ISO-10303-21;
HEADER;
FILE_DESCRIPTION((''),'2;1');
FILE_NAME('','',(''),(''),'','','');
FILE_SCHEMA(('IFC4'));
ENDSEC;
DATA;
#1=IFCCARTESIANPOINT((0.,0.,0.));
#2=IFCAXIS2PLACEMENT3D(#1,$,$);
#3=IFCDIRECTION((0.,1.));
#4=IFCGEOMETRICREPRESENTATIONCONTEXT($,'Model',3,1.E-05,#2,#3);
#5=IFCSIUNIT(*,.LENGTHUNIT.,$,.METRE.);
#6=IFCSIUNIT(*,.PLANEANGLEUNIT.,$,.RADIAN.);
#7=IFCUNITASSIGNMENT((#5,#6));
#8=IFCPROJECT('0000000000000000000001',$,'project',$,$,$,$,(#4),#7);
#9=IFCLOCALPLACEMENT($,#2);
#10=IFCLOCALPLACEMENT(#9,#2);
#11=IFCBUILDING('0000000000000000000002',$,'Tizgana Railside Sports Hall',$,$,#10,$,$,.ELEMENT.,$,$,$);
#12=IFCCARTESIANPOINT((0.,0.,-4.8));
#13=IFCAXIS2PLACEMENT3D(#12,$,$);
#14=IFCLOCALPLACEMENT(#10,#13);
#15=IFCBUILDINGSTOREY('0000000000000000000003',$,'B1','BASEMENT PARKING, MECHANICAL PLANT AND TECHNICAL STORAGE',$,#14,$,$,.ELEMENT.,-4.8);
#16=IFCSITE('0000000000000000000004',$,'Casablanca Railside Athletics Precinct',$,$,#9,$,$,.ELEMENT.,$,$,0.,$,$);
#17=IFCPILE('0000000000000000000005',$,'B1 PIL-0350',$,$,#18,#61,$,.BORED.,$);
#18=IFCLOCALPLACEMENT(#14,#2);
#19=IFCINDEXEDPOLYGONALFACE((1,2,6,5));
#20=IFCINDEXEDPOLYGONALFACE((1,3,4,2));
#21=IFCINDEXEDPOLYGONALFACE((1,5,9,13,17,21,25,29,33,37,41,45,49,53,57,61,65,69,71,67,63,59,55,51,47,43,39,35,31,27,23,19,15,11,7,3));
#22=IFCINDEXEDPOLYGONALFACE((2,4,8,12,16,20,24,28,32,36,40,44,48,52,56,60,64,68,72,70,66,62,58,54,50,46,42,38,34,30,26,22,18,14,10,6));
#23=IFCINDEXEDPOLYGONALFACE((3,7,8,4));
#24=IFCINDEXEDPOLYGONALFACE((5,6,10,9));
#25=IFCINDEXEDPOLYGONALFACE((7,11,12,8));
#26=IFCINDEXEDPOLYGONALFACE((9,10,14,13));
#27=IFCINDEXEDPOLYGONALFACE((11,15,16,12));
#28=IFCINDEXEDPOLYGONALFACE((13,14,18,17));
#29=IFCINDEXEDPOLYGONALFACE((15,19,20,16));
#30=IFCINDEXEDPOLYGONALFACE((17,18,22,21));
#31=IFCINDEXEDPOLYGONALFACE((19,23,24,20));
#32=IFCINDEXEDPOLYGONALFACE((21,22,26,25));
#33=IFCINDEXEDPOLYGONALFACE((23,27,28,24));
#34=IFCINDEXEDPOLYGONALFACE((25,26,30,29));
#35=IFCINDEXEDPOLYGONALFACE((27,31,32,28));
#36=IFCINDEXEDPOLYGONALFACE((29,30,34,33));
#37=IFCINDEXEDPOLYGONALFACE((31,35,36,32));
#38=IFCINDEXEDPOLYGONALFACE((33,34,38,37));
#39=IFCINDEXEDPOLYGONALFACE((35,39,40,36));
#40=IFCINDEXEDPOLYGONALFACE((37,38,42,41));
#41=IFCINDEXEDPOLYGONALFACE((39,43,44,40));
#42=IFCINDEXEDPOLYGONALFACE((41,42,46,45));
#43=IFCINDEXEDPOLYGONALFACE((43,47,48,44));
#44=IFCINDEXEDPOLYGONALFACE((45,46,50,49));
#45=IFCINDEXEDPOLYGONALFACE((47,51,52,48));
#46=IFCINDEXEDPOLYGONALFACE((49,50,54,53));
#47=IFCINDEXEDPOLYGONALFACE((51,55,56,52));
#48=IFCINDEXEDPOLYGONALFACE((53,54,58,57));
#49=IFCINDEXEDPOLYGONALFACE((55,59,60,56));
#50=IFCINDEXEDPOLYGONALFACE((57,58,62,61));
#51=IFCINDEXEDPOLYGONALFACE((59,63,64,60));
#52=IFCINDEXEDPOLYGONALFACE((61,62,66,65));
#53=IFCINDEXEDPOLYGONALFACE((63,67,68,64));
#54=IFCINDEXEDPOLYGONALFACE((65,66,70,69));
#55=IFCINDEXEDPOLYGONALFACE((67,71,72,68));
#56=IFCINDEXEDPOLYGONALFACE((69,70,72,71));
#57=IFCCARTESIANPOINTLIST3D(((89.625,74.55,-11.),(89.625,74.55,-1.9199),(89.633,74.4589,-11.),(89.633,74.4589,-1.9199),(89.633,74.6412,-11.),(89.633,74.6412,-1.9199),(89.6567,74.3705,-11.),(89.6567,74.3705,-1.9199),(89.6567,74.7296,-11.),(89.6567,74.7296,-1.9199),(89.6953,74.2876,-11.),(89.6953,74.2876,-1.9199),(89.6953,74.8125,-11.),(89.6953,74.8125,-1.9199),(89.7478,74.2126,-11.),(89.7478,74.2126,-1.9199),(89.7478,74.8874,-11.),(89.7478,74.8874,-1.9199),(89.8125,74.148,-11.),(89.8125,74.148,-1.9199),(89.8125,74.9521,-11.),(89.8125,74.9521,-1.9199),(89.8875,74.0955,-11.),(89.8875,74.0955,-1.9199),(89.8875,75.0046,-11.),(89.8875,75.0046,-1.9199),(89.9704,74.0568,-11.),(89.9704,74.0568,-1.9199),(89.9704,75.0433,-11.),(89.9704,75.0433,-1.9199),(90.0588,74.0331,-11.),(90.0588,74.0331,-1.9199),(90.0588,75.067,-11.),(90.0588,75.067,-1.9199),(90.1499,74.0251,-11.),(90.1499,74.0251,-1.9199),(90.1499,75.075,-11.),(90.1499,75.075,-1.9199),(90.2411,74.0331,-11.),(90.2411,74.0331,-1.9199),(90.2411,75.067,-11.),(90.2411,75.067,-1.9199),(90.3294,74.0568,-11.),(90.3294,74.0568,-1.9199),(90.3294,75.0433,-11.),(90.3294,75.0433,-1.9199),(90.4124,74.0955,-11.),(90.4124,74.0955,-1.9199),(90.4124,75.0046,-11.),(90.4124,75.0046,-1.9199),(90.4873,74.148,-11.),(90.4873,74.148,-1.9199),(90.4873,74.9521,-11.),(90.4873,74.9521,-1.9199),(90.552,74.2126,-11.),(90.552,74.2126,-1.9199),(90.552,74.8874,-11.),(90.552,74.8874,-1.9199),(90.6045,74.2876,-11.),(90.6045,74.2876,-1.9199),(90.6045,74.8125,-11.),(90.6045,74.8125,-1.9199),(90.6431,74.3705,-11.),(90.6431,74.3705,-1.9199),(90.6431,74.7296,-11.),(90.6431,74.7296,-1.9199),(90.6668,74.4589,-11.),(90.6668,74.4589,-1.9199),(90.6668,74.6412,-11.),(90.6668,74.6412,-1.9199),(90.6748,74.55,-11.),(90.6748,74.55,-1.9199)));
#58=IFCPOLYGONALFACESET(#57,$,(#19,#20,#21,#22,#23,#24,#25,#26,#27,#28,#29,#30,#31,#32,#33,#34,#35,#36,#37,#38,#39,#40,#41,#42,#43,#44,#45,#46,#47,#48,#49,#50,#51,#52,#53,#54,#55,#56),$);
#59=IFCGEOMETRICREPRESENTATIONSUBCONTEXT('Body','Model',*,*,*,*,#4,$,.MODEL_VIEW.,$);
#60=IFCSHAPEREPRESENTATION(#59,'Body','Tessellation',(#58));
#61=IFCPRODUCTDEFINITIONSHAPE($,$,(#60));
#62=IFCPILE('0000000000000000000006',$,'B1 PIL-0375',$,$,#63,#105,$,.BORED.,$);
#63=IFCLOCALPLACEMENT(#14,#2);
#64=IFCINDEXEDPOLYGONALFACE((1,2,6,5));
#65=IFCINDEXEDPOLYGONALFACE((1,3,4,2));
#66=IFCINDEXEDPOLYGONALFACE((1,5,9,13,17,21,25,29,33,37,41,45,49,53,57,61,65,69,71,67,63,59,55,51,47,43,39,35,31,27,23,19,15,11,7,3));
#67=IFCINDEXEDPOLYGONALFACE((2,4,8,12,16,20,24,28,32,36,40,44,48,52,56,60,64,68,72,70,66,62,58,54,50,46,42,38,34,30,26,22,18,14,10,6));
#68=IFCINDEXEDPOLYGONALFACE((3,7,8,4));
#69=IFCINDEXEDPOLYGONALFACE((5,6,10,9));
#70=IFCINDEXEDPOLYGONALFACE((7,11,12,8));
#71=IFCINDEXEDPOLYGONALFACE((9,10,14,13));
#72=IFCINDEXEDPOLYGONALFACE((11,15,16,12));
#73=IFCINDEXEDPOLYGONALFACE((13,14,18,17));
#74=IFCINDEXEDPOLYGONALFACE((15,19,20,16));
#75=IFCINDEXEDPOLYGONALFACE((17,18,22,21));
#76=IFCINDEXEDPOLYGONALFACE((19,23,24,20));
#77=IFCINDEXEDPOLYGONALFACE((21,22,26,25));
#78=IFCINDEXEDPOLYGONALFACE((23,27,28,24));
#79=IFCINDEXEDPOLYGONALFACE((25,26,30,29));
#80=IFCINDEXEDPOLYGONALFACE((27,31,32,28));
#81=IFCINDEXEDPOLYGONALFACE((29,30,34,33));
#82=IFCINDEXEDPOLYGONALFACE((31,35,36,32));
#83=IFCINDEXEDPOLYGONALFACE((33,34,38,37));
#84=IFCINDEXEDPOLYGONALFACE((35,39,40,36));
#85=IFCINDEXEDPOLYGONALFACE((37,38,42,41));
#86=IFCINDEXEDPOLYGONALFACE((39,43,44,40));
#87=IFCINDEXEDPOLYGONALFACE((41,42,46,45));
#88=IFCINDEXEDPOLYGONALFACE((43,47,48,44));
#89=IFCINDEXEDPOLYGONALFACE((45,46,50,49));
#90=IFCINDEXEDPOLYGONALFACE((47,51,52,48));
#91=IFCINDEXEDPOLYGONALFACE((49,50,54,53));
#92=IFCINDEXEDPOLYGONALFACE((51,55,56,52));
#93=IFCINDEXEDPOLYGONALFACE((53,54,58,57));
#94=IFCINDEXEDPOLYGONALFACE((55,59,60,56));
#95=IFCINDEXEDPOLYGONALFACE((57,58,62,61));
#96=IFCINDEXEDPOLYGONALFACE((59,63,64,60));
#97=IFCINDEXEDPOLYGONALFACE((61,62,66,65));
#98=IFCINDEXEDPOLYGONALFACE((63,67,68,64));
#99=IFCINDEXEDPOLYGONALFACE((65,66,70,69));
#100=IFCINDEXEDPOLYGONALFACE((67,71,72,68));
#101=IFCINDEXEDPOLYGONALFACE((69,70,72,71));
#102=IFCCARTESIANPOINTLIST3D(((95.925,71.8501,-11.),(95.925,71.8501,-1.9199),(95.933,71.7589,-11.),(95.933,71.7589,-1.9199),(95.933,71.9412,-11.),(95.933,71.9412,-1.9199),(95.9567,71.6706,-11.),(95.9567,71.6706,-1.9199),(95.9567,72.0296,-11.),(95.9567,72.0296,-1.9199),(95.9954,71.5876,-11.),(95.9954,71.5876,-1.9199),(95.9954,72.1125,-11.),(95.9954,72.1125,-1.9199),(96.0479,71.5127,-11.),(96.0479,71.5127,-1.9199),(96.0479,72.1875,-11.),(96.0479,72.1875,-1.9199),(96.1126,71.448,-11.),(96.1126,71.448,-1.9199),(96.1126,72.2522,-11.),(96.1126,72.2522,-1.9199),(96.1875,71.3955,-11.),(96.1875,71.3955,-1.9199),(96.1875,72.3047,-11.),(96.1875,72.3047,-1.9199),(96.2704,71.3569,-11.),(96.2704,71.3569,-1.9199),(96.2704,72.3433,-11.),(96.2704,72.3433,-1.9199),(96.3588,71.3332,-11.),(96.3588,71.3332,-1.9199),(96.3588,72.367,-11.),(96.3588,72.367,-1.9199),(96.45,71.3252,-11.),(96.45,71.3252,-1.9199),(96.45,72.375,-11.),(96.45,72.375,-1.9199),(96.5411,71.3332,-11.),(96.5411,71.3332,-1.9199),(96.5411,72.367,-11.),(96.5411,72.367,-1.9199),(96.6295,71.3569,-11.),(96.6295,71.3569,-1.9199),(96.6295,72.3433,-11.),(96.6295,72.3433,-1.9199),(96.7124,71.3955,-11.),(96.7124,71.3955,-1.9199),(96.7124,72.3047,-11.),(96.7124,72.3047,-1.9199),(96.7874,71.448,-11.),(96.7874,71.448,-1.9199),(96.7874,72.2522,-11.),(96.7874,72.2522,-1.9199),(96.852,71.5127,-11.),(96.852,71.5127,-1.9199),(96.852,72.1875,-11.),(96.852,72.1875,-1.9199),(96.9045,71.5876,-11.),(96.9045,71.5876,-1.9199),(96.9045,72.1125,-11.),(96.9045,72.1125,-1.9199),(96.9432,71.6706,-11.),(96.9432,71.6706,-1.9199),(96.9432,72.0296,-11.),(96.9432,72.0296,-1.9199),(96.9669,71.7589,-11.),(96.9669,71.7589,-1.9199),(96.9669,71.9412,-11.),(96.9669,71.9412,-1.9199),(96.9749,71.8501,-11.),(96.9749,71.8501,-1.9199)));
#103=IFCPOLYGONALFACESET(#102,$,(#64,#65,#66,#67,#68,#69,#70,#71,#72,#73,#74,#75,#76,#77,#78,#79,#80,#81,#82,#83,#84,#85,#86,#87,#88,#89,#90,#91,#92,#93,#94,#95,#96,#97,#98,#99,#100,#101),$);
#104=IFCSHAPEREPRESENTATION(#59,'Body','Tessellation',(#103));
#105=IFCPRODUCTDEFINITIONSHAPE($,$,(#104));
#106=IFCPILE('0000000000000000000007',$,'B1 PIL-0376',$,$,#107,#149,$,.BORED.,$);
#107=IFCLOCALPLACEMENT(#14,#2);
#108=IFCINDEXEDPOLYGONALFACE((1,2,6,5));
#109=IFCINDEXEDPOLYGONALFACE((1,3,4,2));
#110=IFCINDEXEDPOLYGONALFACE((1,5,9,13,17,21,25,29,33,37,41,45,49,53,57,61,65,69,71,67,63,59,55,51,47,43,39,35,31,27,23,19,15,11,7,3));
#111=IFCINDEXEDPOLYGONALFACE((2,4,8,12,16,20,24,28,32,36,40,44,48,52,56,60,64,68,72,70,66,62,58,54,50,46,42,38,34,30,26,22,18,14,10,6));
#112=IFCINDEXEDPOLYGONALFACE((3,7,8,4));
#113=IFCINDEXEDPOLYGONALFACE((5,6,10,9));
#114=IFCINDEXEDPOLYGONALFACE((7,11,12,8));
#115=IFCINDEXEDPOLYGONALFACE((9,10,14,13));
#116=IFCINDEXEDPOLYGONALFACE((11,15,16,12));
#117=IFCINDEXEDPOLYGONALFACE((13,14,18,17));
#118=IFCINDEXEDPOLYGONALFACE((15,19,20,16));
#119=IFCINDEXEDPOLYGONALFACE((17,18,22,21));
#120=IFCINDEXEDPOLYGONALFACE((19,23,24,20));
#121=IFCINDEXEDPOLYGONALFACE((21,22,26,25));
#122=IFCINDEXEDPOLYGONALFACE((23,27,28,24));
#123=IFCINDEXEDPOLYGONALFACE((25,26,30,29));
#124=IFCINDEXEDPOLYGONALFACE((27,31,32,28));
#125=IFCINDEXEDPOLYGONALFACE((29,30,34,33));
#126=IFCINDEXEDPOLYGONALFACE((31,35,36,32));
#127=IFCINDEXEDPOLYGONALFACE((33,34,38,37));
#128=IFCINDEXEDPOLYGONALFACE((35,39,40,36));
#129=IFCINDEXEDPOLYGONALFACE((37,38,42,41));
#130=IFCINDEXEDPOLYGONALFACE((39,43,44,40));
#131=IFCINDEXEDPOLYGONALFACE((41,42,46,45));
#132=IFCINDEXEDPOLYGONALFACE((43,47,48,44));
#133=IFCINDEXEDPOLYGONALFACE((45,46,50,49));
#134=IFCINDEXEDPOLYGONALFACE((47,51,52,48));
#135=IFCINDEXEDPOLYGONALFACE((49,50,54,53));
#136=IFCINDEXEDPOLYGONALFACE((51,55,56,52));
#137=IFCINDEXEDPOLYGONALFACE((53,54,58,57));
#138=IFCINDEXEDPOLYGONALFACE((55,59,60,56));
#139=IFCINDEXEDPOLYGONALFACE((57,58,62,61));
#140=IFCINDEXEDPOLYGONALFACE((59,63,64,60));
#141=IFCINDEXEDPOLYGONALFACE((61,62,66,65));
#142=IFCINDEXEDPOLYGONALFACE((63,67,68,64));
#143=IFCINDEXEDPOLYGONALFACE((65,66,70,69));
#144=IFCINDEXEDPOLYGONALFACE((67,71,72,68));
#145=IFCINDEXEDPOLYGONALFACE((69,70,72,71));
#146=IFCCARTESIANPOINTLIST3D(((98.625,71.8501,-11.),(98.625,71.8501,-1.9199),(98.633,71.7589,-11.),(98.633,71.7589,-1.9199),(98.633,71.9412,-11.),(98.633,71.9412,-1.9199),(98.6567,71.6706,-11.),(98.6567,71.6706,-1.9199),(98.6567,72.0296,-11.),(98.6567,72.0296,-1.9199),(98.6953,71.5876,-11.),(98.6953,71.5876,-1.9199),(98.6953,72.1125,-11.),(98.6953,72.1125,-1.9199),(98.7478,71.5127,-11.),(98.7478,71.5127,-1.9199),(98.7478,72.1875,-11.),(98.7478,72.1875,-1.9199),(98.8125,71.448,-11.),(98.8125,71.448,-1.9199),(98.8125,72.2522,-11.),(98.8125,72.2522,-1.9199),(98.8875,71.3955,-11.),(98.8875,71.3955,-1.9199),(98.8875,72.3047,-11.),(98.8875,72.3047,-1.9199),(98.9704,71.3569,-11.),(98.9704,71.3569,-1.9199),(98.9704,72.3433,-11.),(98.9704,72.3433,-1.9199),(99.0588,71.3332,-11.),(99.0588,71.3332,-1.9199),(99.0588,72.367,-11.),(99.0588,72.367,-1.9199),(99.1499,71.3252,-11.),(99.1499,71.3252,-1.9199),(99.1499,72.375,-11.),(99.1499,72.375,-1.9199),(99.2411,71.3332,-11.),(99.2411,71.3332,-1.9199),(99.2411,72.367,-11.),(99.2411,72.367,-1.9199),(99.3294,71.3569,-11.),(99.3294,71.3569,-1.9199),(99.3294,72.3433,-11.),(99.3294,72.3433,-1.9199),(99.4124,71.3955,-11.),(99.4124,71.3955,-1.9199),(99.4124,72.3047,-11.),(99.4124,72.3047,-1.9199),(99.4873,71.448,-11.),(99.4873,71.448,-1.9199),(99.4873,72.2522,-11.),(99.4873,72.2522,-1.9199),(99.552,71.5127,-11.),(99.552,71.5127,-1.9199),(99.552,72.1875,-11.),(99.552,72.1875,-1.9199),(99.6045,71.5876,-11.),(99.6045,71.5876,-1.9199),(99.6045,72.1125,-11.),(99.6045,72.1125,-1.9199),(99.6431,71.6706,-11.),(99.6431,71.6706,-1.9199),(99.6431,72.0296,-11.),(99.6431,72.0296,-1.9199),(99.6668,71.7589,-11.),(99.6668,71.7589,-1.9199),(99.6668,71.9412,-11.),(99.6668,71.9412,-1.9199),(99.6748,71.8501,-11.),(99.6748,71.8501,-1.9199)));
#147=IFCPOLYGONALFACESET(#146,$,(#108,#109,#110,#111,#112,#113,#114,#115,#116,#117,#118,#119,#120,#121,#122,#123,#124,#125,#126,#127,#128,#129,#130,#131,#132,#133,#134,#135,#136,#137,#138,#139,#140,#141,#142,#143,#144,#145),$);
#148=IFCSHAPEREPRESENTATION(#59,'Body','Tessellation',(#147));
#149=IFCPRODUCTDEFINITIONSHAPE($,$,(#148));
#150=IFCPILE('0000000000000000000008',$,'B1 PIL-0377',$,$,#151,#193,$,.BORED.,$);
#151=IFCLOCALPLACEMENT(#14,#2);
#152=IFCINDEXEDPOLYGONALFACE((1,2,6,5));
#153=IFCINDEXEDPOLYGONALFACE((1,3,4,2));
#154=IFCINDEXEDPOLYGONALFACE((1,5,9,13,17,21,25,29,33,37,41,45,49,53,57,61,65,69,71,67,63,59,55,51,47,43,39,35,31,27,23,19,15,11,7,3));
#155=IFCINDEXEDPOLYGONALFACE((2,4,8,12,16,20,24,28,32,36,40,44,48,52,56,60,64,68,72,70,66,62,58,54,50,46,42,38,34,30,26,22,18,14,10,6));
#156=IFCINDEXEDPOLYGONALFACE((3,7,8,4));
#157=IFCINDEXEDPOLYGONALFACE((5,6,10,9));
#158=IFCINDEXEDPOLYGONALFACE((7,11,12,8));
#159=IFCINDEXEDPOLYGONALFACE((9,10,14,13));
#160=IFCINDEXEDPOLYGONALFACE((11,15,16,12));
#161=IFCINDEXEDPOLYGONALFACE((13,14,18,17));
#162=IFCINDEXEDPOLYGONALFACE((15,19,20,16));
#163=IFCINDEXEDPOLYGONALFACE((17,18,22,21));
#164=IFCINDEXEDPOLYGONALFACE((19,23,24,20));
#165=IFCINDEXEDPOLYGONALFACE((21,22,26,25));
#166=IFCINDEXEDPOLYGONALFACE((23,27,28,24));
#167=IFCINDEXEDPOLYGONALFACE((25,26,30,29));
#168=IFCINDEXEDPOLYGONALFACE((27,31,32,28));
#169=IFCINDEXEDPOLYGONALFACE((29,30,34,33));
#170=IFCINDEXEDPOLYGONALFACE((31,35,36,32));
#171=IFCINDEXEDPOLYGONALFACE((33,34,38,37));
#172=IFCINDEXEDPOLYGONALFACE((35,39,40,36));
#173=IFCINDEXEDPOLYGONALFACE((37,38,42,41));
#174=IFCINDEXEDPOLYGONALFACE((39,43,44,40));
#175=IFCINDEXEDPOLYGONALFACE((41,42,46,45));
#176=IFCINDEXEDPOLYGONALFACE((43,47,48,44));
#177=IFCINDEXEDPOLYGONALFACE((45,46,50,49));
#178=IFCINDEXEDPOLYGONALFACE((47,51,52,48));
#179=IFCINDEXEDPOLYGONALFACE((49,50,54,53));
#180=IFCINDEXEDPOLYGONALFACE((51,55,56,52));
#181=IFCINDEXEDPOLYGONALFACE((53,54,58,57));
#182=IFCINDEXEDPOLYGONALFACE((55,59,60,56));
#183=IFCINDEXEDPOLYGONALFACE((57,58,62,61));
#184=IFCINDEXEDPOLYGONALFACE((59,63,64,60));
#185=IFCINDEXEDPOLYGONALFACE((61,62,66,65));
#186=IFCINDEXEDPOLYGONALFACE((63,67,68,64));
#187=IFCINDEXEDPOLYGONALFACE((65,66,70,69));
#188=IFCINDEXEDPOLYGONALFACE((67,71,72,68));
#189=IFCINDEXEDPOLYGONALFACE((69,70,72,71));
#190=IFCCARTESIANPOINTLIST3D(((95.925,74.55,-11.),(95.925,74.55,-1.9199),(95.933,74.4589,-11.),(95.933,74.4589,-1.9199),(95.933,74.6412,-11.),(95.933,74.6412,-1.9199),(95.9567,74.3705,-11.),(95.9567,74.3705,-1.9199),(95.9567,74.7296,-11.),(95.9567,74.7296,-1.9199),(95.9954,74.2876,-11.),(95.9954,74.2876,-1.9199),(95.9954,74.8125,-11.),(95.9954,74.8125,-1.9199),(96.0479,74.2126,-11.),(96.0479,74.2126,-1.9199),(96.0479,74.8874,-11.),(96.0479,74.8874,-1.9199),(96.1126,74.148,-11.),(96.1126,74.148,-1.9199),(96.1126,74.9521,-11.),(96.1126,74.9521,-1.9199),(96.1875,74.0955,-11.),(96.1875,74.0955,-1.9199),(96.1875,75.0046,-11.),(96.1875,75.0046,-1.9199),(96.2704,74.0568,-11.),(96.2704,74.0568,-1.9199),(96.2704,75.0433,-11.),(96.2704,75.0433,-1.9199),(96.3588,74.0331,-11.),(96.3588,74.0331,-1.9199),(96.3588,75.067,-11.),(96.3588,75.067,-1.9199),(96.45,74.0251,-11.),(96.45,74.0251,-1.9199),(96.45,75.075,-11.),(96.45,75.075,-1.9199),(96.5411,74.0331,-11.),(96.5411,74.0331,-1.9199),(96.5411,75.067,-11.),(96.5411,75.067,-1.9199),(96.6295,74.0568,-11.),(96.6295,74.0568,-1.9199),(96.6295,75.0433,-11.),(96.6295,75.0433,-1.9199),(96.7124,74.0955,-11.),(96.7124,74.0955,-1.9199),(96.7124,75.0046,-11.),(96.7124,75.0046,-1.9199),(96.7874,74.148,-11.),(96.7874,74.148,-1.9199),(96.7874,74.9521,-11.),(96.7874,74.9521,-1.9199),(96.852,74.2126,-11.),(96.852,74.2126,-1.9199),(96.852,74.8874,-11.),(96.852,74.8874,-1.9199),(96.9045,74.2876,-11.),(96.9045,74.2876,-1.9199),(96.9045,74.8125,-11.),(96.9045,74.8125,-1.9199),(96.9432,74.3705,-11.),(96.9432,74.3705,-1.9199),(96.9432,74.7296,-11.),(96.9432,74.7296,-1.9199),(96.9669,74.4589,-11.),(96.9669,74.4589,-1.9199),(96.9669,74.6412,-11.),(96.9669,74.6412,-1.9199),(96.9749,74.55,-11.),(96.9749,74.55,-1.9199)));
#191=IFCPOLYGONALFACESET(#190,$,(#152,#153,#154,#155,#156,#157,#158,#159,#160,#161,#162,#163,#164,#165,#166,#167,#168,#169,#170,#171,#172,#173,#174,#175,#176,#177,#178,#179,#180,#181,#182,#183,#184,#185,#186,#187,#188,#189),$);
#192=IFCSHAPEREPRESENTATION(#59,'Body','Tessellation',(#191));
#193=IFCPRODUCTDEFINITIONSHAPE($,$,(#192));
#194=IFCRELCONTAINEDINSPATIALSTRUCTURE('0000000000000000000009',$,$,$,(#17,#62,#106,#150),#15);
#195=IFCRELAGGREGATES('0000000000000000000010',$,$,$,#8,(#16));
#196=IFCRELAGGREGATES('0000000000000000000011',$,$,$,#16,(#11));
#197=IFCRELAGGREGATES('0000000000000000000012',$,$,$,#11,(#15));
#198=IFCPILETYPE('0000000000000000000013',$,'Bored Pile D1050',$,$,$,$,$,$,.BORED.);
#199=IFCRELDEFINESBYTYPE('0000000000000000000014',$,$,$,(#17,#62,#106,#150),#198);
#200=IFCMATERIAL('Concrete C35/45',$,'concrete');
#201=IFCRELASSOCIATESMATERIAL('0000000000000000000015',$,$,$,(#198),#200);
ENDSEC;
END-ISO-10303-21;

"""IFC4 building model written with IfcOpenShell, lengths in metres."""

from ifc_helpers import new_model, si_unit, direction, frame, origin, origin_2d, place, context, subcontext, project, spatial, circle, extrude, material, material_profile, profile_set, type_object, element, save


model = new_model("IFC4")

# Units and contexts
model_context = context("Model", 3, precision=1e-05, world=origin(), true_north=direction((0.0, 1.0)))
body_context = subcontext(model_context, "Body", "Model", "MODEL_VIEW")
ifc_project = project(units=[si_unit("LENGTHUNIT", "METRE"), si_unit("PLANEANGLEUNIT", "RADIAN")], contexts=[model_context])

# Site, building, storey
site_placement = place(None, origin())
site = spatial("IfcSite", under=ifc_project, at=site_placement, Name="Casablanca Railside Athletics Precinct", CompositionType="ELEMENT", RefElevation=0.0)
building_placement = place(site_placement, origin())
building = spatial("IfcBuilding", under=site, at=building_placement, Name="Tizgana Railside Sports Hall", CompositionType="ELEMENT")
storey_placement = place(building_placement, frame((0.0, 0.0, -4.8)))
storey = spatial("IfcBuildingStorey", under=building, at=storey_placement, Name="B1", Description="BASEMENT PARKING, MECHANICAL PLANT AND TECHNICAL STORAGE", CompositionType="ELEMENT", Elevation=-4.8)

# Piles
ifc_material_1 = material(Name="Concrete C35/45", Category="concrete")
ifc_material_profile_1 = material_profile(ifc_material_1, circle(Radius=0.5249, at=origin_2d()), Name="PILE D1050")
ifc_profile_set_1 = profile_set([ifc_material_profile_1], Name="Concrete C35/45")
pile_type_1 = type_object("IfcPileType", Name="Bored Pile D1050", PredefinedType="BORED", material=ifc_profile_set_1)
for number, where, z_axis, x_axis, name in (
    (1, (90.1499, 74.55, -1.9199), (0.0, 0.0, -1.0), (1.0, 0.0, 0.0), "B1 PIL-0350"),
    (2, (96.45, 71.8501, -1.9199), (0.0, 0.0, -1.0), (1.0, 0.0, 0.0), "B1 PIL-0375"),
    (3, (99.1499, 71.8501, -1.9199), (0.0, 0.0, -1.0), (1.0, 0.0, 0.0), "B1 PIL-0376"),
    (4, (96.45, 74.55, -1.9199), (0.0, 0.0, -1.0), (1.0, 0.0, 0.0), "B1 PIL-0377"),
):
    element("IfcPile", number, at=place(storey_placement, frame(where, z_axis=z_axis, x_axis=x_axis)), inside=storey, type_object=pile_type_1, Name=name, PredefinedType="BORED", context=body_context, shape_type="SweptSolid", body=[
        extrude(circle(Radius=0.5249, at=origin_2d()), origin(), (0.0, 0.0, 1.0), 9.0801),
    ])

save(model, "model.ifc")
